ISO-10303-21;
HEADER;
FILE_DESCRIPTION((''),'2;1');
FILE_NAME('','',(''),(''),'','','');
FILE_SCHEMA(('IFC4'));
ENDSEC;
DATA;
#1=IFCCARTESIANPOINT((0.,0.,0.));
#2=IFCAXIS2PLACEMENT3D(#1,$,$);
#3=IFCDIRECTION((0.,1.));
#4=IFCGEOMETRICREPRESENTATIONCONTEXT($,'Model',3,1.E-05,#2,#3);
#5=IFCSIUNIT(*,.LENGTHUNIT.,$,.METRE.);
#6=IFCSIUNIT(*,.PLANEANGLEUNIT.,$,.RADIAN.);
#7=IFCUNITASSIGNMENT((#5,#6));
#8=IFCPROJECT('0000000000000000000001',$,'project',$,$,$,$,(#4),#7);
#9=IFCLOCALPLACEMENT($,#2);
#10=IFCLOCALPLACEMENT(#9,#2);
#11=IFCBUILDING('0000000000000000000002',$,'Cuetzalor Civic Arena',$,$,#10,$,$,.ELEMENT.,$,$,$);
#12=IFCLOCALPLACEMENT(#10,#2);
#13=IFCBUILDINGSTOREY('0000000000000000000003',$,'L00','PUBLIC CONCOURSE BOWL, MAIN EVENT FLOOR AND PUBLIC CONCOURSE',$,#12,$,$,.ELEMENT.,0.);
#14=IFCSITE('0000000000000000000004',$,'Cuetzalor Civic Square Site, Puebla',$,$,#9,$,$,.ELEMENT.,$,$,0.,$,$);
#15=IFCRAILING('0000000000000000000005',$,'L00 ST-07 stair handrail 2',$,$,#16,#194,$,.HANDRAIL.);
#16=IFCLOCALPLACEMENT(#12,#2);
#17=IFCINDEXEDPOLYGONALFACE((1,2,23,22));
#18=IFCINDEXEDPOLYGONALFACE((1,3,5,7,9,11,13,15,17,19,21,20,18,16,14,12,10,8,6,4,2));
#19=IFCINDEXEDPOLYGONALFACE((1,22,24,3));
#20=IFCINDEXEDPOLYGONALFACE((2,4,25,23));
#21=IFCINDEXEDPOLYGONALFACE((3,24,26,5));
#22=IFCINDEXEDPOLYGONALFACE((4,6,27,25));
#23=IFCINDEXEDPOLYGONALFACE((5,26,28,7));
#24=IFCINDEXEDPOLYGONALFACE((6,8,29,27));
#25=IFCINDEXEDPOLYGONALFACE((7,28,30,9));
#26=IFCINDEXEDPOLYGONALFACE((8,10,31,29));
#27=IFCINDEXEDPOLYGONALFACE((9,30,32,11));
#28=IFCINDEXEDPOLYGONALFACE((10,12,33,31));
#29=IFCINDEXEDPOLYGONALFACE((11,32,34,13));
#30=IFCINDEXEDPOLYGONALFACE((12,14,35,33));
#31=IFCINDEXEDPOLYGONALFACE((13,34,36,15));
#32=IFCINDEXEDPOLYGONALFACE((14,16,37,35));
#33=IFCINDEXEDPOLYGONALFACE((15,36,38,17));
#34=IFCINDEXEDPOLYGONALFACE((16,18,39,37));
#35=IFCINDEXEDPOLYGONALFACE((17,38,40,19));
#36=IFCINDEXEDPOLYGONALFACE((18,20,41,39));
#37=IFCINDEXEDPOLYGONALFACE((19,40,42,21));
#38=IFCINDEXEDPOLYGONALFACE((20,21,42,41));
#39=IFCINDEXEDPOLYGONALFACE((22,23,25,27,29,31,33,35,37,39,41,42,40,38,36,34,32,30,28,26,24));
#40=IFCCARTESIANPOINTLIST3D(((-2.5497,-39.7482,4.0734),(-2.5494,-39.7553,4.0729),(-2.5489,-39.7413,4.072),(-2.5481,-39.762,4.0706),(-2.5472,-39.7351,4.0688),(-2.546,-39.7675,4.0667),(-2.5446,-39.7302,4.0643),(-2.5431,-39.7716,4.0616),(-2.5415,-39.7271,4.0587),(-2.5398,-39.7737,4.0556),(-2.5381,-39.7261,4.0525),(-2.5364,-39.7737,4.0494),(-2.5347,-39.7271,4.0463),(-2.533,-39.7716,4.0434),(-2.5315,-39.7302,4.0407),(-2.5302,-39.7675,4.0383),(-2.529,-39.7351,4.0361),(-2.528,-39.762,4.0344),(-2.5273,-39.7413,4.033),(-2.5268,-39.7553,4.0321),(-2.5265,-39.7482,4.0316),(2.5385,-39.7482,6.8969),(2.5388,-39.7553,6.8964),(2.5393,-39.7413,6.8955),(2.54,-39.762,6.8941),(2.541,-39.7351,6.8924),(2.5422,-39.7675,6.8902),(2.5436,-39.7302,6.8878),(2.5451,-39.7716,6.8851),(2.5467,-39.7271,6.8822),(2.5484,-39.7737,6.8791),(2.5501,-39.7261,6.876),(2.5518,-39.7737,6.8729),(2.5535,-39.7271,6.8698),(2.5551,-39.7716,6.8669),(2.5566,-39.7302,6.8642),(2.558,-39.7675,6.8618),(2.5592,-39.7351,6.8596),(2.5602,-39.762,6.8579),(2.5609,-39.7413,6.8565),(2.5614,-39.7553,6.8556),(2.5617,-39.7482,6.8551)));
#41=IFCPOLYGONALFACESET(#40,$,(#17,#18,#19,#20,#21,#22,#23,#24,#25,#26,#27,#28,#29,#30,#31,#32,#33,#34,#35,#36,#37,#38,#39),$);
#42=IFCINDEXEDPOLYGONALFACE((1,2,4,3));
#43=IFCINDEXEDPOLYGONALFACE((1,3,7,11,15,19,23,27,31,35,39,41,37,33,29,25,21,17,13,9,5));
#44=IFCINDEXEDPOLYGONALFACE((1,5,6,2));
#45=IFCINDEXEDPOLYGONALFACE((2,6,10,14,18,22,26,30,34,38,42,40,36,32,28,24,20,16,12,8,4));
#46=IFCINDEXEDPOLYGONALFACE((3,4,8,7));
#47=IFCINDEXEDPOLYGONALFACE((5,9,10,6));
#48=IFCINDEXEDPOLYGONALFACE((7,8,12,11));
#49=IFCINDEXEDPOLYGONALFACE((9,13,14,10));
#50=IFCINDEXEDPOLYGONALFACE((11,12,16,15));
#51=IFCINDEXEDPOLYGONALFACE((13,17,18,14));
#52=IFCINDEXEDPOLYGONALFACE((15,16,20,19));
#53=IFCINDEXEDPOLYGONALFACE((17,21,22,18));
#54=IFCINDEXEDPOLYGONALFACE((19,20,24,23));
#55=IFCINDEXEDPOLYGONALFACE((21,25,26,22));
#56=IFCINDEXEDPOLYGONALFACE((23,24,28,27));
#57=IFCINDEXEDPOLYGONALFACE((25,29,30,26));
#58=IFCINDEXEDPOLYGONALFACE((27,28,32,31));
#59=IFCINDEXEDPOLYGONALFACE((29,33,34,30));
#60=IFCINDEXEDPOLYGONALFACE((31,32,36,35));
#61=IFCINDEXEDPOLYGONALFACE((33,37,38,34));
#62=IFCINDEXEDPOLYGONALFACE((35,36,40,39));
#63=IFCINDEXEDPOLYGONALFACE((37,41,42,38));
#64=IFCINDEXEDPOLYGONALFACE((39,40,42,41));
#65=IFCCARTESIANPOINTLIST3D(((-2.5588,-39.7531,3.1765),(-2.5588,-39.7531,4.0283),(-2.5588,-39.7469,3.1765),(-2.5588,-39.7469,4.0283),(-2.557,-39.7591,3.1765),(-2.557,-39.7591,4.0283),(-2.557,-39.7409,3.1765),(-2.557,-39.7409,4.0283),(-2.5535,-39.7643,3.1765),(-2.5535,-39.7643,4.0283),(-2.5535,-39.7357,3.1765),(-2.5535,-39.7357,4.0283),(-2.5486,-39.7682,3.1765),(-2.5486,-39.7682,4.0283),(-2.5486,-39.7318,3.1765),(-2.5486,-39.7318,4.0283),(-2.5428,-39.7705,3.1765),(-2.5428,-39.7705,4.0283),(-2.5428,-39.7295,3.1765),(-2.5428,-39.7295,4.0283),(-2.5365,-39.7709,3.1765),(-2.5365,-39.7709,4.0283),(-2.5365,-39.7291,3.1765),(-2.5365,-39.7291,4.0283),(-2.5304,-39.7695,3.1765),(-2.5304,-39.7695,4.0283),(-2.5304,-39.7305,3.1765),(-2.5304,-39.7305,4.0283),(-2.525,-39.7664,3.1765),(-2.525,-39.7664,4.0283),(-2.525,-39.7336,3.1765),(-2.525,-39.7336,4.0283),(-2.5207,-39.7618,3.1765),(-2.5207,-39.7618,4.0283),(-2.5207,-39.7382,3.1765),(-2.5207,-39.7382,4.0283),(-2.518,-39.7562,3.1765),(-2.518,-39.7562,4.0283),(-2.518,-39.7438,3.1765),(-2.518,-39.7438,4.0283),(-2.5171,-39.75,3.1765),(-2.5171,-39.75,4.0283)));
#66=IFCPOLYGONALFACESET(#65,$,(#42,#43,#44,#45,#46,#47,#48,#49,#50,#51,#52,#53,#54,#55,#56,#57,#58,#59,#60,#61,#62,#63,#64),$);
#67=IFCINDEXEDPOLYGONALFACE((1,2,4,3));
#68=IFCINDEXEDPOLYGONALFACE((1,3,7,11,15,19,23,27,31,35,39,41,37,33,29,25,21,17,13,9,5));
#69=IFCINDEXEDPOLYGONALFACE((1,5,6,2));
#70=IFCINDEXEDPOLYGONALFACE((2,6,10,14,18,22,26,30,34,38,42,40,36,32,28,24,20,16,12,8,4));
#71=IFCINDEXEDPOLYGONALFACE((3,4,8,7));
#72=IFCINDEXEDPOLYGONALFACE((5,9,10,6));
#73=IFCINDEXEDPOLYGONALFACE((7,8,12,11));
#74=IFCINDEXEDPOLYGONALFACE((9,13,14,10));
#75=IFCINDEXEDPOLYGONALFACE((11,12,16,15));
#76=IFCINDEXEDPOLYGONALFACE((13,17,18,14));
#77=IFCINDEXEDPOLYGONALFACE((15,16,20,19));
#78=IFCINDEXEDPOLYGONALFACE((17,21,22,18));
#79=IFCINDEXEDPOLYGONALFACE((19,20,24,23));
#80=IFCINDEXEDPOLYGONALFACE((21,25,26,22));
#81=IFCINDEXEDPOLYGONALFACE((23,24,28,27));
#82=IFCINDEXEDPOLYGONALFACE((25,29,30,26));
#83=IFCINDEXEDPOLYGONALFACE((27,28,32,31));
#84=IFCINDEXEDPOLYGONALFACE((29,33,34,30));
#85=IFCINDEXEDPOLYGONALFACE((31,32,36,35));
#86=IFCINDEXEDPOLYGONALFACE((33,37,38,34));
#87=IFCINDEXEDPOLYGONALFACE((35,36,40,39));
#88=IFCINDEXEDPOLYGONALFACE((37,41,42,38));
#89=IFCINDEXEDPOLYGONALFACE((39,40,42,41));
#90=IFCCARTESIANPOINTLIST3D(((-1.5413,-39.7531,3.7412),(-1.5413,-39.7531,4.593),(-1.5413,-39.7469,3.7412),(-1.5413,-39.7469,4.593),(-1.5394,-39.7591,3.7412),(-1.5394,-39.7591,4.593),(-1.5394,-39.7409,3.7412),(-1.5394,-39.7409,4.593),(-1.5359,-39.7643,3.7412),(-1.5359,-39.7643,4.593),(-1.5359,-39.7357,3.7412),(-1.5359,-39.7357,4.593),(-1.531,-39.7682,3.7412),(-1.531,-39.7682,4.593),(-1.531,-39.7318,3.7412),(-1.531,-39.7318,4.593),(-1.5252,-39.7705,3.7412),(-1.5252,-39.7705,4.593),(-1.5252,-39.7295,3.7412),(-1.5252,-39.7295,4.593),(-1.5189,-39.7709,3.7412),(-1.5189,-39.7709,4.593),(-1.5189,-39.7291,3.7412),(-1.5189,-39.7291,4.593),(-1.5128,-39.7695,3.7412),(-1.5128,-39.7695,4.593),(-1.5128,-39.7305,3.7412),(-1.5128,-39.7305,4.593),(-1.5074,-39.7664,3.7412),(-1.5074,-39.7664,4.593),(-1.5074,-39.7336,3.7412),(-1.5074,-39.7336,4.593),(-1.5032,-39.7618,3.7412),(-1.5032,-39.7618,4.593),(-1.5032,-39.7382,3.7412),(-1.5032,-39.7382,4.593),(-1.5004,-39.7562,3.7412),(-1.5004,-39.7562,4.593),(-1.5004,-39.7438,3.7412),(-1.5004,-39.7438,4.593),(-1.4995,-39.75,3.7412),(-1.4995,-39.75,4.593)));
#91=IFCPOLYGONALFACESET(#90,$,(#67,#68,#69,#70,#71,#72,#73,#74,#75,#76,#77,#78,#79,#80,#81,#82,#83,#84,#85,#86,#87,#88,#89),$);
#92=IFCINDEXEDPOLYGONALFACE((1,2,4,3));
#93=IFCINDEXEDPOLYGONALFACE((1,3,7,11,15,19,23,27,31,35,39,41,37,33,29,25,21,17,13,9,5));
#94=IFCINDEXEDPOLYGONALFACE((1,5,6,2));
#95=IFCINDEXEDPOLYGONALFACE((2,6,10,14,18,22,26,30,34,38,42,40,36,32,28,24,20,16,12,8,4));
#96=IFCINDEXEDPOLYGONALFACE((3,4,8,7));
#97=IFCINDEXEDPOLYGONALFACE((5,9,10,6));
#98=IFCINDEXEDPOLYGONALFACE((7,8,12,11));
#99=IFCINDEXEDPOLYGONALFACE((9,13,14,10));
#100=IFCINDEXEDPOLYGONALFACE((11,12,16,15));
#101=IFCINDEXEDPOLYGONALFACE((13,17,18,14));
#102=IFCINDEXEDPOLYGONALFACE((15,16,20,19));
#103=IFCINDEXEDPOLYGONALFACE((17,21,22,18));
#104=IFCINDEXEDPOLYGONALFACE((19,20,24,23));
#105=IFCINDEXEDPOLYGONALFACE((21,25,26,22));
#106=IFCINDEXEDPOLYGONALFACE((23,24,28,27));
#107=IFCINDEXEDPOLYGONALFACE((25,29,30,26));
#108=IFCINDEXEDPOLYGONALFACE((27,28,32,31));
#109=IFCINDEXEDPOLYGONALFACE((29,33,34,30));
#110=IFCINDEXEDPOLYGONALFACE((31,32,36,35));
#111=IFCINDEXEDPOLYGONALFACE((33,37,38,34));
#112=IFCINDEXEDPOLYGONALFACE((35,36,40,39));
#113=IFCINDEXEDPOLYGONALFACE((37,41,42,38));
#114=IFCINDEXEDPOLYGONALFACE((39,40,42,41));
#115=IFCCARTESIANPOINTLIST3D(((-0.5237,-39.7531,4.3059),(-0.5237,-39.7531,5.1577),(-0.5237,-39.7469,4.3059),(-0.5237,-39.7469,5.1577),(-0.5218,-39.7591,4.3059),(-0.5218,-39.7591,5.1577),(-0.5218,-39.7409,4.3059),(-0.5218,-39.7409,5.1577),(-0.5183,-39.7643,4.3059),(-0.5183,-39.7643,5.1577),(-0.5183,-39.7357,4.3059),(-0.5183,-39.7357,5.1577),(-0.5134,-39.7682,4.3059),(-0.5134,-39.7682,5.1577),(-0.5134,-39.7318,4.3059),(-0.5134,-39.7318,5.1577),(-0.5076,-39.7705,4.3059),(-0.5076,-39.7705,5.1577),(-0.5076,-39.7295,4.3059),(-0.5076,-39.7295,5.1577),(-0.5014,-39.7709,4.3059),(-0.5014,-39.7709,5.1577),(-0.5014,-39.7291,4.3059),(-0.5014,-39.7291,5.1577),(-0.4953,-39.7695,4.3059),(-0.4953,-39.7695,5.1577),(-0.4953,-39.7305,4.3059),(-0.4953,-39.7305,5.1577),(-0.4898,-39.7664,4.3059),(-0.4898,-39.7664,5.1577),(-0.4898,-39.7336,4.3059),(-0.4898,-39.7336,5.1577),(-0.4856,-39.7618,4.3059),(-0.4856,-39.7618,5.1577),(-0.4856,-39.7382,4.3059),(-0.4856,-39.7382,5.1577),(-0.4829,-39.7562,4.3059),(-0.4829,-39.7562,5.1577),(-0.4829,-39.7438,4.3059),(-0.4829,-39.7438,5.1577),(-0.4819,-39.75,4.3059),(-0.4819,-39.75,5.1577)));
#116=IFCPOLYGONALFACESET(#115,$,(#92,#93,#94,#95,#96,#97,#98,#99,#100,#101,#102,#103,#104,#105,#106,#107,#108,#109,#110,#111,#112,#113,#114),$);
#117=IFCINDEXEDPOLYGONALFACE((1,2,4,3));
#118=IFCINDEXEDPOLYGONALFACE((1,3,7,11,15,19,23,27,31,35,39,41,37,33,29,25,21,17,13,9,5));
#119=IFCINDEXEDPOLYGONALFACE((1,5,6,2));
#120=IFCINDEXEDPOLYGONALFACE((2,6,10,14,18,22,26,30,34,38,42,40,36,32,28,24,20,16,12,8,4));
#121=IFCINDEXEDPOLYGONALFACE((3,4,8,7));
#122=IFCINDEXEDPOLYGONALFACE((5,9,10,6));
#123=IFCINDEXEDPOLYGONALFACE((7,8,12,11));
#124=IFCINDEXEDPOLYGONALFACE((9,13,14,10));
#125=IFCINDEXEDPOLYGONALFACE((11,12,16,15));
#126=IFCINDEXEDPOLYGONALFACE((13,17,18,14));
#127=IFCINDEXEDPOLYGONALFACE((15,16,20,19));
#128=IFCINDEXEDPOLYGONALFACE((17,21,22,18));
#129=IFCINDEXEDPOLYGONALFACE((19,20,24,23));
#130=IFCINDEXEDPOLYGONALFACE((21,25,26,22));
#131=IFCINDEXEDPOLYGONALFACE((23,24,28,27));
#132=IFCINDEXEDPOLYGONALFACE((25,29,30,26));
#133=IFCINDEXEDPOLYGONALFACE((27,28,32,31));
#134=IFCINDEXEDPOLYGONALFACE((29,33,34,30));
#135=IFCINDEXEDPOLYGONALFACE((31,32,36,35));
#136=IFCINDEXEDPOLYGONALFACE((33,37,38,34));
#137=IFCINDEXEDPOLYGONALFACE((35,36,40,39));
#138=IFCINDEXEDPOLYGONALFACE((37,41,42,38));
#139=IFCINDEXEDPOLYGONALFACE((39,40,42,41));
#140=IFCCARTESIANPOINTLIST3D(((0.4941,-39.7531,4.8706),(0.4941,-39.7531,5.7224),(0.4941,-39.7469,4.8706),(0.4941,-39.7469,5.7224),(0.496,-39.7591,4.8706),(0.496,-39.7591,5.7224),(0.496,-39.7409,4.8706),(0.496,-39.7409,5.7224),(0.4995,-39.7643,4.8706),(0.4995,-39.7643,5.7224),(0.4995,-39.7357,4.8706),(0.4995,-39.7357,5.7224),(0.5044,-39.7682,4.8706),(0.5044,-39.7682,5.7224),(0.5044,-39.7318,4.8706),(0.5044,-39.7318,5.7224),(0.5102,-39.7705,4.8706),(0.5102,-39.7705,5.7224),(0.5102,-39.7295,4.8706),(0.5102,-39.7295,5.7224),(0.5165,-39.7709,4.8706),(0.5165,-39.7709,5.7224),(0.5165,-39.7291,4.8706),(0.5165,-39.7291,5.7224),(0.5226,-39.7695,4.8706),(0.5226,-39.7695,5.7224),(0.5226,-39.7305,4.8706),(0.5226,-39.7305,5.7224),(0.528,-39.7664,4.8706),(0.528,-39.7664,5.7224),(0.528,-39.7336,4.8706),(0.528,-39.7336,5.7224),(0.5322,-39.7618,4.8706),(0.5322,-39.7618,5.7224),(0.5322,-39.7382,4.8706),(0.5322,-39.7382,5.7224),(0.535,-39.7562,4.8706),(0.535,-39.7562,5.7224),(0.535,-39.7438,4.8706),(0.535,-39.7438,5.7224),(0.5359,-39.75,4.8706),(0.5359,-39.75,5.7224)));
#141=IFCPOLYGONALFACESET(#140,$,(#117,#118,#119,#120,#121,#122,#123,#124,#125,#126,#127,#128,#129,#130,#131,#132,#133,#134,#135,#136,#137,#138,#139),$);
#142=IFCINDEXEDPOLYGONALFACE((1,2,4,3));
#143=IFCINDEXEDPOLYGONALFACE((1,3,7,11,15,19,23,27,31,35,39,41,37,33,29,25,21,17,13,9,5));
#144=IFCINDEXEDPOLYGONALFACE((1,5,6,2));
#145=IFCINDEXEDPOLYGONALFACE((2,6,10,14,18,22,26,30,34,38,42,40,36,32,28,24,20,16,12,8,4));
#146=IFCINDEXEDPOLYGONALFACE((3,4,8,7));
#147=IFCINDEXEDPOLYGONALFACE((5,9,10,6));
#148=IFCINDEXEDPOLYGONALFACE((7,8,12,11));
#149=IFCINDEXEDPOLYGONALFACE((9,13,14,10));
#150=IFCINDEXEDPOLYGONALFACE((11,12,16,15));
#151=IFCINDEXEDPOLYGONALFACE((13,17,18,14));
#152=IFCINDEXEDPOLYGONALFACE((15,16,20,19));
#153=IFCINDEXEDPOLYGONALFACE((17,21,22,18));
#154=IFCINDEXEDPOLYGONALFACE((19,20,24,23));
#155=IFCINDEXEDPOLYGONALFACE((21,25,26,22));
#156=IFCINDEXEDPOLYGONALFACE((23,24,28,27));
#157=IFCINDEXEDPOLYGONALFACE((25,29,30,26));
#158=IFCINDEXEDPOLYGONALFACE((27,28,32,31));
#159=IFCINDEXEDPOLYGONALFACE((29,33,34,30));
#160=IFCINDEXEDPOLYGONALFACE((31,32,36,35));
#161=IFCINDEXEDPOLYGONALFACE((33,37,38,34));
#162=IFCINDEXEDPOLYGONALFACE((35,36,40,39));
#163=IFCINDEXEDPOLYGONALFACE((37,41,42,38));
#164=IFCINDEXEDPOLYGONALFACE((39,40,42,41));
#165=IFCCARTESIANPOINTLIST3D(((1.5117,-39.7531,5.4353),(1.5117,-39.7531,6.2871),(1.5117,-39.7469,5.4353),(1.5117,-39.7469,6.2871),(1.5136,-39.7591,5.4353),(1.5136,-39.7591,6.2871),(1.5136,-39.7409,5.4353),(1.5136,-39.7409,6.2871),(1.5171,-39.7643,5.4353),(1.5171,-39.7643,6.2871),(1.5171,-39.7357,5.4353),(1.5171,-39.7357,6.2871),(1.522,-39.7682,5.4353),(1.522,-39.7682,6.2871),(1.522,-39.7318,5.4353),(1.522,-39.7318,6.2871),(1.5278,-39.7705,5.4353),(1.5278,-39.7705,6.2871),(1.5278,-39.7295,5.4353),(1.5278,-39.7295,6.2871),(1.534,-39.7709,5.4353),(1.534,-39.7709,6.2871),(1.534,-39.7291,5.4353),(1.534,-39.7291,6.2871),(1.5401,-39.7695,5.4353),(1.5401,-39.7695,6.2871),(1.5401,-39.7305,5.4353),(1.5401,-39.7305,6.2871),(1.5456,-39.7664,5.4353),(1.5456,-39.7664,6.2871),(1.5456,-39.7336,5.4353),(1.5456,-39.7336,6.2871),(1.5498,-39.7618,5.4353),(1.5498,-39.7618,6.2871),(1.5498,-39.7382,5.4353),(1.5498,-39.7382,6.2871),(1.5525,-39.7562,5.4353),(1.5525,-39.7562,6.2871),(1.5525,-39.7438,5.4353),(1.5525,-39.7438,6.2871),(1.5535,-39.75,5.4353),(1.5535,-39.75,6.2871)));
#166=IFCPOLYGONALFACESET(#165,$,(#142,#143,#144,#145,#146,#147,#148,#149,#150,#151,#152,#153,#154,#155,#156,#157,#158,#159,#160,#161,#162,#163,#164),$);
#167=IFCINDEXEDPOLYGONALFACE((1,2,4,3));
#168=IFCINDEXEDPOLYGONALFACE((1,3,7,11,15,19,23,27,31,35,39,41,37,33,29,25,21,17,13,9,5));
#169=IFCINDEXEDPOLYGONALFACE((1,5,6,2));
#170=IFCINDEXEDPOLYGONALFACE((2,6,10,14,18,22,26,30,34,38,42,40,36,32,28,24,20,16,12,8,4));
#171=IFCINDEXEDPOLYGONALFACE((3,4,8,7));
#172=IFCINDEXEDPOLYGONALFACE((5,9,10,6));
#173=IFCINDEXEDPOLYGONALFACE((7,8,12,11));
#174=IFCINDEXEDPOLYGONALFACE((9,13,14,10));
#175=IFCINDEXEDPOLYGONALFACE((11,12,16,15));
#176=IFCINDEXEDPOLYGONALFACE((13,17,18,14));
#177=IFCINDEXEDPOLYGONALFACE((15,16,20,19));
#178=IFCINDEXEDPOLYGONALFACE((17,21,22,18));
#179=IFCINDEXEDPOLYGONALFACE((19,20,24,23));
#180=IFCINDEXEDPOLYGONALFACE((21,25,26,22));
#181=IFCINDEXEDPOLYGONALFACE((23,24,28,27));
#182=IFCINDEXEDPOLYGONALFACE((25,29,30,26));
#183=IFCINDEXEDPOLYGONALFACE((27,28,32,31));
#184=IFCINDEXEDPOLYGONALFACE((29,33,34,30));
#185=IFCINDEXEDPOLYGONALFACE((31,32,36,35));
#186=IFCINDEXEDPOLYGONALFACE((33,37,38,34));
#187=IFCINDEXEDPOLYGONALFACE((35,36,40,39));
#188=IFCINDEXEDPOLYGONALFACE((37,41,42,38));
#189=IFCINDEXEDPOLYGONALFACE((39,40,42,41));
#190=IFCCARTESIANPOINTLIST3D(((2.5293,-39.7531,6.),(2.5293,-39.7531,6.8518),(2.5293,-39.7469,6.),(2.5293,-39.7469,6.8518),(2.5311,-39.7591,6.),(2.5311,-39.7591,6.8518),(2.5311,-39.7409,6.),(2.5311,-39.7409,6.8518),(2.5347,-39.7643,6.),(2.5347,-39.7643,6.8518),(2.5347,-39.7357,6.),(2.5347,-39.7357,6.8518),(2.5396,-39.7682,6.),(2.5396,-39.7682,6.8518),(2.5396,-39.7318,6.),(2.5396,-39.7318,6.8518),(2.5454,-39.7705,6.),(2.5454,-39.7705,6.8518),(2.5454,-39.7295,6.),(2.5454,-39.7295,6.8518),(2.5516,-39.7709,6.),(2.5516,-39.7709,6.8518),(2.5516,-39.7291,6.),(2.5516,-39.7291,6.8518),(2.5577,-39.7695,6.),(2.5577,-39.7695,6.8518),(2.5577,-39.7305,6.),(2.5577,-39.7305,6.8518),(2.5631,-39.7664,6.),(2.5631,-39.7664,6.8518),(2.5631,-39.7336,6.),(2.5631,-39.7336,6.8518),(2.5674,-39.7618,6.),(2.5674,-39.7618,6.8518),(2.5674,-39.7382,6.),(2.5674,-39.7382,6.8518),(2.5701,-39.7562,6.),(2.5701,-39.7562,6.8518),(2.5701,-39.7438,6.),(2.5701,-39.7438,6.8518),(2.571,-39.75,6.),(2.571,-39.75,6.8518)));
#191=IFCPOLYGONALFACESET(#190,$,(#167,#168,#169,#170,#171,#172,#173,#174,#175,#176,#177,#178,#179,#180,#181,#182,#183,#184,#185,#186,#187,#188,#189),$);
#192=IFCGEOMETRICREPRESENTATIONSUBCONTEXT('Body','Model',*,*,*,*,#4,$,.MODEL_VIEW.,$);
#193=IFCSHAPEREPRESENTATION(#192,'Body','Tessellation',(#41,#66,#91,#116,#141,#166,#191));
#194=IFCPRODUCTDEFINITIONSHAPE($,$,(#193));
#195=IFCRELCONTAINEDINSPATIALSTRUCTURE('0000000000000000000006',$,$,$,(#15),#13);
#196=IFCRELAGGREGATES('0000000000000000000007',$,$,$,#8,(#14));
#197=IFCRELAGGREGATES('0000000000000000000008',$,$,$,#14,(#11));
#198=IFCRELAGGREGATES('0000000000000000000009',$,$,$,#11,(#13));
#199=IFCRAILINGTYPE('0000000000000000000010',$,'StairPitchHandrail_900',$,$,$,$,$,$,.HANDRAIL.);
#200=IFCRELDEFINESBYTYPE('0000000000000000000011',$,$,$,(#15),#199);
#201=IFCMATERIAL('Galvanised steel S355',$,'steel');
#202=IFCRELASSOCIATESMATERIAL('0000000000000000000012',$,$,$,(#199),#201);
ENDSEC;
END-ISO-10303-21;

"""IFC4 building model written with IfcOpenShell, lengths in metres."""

from ifc_helpers import new_model, si_unit, direction, frame, origin, origin_2d, place, context, subcontext, project, spatial, circle, extrude, material, type_object, element, save


model = new_model("IFC4")

# Units and contexts
model_context = context("Model", 3, precision=1e-05, world=origin(), true_north=direction((0.0, 1.0)))
body_context = subcontext(model_context, "Body", "Model", "MODEL_VIEW")
ifc_project = project(units=[si_unit("LENGTHUNIT", "METRE"), si_unit("PLANEANGLEUNIT", "RADIAN")], contexts=[model_context])

# Site, building, storey
site_placement = place(None, origin())
site = spatial("IfcSite", under=ifc_project, at=site_placement, Name="Cuetzalor Civic Square Site, Puebla", CompositionType="ELEMENT", RefElevation=0.0)
building_placement = place(site_placement, origin())
building = spatial("IfcBuilding", under=site, at=building_placement, Name="Cuetzalor Civic Arena", CompositionType="ELEMENT")
storey_placement = place(building_placement, origin())
storey = spatial("IfcBuildingStorey", under=building, at=storey_placement, Name="L00", Description="PUBLIC CONCOURSE BOWL, MAIN EVENT FLOOR AND PUBLIC CONCOURSE", CompositionType="ELEMENT", Elevation=0.0)

# Railing
ifc_material_1 = material(Name="Galvanised steel S355", Category="steel")
railing_type_1 = type_object("IfcRailingType", Name="StairPitchHandrail_900", PredefinedType="HANDRAIL", material=ifc_material_1)
railing_1_placement = place(storey_placement, frame((-2.5381, -39.75, 3.1765)))
element("IfcRailing", 1, at=railing_1_placement, inside=storey, type_object=railing_type_1, Name="L00 ST-07 stair handrail 2", PredefinedType="HANDRAIL", context=body_context, shape_type="SweptSolid", body=[
    extrude(circle(Radius=0.0239, at=origin_2d()), frame((0.0, 0.0, 0.876), z_axis=(0.874395, 0.0, 0.485215), x_axis=(0.0, 1.0, 0.0)), (0.0, 0.0, 1.0), 5.8191),
    extrude(circle(Radius=0.021, at=origin_2d()), origin(), (0.0, 0.0, 1.0), 0.8518),
    extrude(circle(Radius=0.021, at=origin_2d()), frame((1.0176, 0.0, 0.5647)), (0.0, 0.0, 1.0), 0.8518),
    extrude(circle(Radius=0.021, at=origin_2d()), frame((2.0352, 0.0, 1.1294)), (0.0, 0.0, 1.0), 0.8518),
    extrude(circle(Radius=0.021, at=origin_2d()), frame((3.053, 0.0, 1.6941)), (0.0, 0.0, 1.0), 0.8518),
    extrude(circle(Radius=0.021, at=origin_2d()), frame((4.0706, 0.0, 2.2588)), (0.0, 0.0, 1.0), 0.8518),
    extrude(circle(Radius=0.021, at=origin_2d()), frame((5.0881, 0.0, 2.8235)), (0.0, 0.0, 1.0), 0.8518),
])

save(model, "model.ifc")
